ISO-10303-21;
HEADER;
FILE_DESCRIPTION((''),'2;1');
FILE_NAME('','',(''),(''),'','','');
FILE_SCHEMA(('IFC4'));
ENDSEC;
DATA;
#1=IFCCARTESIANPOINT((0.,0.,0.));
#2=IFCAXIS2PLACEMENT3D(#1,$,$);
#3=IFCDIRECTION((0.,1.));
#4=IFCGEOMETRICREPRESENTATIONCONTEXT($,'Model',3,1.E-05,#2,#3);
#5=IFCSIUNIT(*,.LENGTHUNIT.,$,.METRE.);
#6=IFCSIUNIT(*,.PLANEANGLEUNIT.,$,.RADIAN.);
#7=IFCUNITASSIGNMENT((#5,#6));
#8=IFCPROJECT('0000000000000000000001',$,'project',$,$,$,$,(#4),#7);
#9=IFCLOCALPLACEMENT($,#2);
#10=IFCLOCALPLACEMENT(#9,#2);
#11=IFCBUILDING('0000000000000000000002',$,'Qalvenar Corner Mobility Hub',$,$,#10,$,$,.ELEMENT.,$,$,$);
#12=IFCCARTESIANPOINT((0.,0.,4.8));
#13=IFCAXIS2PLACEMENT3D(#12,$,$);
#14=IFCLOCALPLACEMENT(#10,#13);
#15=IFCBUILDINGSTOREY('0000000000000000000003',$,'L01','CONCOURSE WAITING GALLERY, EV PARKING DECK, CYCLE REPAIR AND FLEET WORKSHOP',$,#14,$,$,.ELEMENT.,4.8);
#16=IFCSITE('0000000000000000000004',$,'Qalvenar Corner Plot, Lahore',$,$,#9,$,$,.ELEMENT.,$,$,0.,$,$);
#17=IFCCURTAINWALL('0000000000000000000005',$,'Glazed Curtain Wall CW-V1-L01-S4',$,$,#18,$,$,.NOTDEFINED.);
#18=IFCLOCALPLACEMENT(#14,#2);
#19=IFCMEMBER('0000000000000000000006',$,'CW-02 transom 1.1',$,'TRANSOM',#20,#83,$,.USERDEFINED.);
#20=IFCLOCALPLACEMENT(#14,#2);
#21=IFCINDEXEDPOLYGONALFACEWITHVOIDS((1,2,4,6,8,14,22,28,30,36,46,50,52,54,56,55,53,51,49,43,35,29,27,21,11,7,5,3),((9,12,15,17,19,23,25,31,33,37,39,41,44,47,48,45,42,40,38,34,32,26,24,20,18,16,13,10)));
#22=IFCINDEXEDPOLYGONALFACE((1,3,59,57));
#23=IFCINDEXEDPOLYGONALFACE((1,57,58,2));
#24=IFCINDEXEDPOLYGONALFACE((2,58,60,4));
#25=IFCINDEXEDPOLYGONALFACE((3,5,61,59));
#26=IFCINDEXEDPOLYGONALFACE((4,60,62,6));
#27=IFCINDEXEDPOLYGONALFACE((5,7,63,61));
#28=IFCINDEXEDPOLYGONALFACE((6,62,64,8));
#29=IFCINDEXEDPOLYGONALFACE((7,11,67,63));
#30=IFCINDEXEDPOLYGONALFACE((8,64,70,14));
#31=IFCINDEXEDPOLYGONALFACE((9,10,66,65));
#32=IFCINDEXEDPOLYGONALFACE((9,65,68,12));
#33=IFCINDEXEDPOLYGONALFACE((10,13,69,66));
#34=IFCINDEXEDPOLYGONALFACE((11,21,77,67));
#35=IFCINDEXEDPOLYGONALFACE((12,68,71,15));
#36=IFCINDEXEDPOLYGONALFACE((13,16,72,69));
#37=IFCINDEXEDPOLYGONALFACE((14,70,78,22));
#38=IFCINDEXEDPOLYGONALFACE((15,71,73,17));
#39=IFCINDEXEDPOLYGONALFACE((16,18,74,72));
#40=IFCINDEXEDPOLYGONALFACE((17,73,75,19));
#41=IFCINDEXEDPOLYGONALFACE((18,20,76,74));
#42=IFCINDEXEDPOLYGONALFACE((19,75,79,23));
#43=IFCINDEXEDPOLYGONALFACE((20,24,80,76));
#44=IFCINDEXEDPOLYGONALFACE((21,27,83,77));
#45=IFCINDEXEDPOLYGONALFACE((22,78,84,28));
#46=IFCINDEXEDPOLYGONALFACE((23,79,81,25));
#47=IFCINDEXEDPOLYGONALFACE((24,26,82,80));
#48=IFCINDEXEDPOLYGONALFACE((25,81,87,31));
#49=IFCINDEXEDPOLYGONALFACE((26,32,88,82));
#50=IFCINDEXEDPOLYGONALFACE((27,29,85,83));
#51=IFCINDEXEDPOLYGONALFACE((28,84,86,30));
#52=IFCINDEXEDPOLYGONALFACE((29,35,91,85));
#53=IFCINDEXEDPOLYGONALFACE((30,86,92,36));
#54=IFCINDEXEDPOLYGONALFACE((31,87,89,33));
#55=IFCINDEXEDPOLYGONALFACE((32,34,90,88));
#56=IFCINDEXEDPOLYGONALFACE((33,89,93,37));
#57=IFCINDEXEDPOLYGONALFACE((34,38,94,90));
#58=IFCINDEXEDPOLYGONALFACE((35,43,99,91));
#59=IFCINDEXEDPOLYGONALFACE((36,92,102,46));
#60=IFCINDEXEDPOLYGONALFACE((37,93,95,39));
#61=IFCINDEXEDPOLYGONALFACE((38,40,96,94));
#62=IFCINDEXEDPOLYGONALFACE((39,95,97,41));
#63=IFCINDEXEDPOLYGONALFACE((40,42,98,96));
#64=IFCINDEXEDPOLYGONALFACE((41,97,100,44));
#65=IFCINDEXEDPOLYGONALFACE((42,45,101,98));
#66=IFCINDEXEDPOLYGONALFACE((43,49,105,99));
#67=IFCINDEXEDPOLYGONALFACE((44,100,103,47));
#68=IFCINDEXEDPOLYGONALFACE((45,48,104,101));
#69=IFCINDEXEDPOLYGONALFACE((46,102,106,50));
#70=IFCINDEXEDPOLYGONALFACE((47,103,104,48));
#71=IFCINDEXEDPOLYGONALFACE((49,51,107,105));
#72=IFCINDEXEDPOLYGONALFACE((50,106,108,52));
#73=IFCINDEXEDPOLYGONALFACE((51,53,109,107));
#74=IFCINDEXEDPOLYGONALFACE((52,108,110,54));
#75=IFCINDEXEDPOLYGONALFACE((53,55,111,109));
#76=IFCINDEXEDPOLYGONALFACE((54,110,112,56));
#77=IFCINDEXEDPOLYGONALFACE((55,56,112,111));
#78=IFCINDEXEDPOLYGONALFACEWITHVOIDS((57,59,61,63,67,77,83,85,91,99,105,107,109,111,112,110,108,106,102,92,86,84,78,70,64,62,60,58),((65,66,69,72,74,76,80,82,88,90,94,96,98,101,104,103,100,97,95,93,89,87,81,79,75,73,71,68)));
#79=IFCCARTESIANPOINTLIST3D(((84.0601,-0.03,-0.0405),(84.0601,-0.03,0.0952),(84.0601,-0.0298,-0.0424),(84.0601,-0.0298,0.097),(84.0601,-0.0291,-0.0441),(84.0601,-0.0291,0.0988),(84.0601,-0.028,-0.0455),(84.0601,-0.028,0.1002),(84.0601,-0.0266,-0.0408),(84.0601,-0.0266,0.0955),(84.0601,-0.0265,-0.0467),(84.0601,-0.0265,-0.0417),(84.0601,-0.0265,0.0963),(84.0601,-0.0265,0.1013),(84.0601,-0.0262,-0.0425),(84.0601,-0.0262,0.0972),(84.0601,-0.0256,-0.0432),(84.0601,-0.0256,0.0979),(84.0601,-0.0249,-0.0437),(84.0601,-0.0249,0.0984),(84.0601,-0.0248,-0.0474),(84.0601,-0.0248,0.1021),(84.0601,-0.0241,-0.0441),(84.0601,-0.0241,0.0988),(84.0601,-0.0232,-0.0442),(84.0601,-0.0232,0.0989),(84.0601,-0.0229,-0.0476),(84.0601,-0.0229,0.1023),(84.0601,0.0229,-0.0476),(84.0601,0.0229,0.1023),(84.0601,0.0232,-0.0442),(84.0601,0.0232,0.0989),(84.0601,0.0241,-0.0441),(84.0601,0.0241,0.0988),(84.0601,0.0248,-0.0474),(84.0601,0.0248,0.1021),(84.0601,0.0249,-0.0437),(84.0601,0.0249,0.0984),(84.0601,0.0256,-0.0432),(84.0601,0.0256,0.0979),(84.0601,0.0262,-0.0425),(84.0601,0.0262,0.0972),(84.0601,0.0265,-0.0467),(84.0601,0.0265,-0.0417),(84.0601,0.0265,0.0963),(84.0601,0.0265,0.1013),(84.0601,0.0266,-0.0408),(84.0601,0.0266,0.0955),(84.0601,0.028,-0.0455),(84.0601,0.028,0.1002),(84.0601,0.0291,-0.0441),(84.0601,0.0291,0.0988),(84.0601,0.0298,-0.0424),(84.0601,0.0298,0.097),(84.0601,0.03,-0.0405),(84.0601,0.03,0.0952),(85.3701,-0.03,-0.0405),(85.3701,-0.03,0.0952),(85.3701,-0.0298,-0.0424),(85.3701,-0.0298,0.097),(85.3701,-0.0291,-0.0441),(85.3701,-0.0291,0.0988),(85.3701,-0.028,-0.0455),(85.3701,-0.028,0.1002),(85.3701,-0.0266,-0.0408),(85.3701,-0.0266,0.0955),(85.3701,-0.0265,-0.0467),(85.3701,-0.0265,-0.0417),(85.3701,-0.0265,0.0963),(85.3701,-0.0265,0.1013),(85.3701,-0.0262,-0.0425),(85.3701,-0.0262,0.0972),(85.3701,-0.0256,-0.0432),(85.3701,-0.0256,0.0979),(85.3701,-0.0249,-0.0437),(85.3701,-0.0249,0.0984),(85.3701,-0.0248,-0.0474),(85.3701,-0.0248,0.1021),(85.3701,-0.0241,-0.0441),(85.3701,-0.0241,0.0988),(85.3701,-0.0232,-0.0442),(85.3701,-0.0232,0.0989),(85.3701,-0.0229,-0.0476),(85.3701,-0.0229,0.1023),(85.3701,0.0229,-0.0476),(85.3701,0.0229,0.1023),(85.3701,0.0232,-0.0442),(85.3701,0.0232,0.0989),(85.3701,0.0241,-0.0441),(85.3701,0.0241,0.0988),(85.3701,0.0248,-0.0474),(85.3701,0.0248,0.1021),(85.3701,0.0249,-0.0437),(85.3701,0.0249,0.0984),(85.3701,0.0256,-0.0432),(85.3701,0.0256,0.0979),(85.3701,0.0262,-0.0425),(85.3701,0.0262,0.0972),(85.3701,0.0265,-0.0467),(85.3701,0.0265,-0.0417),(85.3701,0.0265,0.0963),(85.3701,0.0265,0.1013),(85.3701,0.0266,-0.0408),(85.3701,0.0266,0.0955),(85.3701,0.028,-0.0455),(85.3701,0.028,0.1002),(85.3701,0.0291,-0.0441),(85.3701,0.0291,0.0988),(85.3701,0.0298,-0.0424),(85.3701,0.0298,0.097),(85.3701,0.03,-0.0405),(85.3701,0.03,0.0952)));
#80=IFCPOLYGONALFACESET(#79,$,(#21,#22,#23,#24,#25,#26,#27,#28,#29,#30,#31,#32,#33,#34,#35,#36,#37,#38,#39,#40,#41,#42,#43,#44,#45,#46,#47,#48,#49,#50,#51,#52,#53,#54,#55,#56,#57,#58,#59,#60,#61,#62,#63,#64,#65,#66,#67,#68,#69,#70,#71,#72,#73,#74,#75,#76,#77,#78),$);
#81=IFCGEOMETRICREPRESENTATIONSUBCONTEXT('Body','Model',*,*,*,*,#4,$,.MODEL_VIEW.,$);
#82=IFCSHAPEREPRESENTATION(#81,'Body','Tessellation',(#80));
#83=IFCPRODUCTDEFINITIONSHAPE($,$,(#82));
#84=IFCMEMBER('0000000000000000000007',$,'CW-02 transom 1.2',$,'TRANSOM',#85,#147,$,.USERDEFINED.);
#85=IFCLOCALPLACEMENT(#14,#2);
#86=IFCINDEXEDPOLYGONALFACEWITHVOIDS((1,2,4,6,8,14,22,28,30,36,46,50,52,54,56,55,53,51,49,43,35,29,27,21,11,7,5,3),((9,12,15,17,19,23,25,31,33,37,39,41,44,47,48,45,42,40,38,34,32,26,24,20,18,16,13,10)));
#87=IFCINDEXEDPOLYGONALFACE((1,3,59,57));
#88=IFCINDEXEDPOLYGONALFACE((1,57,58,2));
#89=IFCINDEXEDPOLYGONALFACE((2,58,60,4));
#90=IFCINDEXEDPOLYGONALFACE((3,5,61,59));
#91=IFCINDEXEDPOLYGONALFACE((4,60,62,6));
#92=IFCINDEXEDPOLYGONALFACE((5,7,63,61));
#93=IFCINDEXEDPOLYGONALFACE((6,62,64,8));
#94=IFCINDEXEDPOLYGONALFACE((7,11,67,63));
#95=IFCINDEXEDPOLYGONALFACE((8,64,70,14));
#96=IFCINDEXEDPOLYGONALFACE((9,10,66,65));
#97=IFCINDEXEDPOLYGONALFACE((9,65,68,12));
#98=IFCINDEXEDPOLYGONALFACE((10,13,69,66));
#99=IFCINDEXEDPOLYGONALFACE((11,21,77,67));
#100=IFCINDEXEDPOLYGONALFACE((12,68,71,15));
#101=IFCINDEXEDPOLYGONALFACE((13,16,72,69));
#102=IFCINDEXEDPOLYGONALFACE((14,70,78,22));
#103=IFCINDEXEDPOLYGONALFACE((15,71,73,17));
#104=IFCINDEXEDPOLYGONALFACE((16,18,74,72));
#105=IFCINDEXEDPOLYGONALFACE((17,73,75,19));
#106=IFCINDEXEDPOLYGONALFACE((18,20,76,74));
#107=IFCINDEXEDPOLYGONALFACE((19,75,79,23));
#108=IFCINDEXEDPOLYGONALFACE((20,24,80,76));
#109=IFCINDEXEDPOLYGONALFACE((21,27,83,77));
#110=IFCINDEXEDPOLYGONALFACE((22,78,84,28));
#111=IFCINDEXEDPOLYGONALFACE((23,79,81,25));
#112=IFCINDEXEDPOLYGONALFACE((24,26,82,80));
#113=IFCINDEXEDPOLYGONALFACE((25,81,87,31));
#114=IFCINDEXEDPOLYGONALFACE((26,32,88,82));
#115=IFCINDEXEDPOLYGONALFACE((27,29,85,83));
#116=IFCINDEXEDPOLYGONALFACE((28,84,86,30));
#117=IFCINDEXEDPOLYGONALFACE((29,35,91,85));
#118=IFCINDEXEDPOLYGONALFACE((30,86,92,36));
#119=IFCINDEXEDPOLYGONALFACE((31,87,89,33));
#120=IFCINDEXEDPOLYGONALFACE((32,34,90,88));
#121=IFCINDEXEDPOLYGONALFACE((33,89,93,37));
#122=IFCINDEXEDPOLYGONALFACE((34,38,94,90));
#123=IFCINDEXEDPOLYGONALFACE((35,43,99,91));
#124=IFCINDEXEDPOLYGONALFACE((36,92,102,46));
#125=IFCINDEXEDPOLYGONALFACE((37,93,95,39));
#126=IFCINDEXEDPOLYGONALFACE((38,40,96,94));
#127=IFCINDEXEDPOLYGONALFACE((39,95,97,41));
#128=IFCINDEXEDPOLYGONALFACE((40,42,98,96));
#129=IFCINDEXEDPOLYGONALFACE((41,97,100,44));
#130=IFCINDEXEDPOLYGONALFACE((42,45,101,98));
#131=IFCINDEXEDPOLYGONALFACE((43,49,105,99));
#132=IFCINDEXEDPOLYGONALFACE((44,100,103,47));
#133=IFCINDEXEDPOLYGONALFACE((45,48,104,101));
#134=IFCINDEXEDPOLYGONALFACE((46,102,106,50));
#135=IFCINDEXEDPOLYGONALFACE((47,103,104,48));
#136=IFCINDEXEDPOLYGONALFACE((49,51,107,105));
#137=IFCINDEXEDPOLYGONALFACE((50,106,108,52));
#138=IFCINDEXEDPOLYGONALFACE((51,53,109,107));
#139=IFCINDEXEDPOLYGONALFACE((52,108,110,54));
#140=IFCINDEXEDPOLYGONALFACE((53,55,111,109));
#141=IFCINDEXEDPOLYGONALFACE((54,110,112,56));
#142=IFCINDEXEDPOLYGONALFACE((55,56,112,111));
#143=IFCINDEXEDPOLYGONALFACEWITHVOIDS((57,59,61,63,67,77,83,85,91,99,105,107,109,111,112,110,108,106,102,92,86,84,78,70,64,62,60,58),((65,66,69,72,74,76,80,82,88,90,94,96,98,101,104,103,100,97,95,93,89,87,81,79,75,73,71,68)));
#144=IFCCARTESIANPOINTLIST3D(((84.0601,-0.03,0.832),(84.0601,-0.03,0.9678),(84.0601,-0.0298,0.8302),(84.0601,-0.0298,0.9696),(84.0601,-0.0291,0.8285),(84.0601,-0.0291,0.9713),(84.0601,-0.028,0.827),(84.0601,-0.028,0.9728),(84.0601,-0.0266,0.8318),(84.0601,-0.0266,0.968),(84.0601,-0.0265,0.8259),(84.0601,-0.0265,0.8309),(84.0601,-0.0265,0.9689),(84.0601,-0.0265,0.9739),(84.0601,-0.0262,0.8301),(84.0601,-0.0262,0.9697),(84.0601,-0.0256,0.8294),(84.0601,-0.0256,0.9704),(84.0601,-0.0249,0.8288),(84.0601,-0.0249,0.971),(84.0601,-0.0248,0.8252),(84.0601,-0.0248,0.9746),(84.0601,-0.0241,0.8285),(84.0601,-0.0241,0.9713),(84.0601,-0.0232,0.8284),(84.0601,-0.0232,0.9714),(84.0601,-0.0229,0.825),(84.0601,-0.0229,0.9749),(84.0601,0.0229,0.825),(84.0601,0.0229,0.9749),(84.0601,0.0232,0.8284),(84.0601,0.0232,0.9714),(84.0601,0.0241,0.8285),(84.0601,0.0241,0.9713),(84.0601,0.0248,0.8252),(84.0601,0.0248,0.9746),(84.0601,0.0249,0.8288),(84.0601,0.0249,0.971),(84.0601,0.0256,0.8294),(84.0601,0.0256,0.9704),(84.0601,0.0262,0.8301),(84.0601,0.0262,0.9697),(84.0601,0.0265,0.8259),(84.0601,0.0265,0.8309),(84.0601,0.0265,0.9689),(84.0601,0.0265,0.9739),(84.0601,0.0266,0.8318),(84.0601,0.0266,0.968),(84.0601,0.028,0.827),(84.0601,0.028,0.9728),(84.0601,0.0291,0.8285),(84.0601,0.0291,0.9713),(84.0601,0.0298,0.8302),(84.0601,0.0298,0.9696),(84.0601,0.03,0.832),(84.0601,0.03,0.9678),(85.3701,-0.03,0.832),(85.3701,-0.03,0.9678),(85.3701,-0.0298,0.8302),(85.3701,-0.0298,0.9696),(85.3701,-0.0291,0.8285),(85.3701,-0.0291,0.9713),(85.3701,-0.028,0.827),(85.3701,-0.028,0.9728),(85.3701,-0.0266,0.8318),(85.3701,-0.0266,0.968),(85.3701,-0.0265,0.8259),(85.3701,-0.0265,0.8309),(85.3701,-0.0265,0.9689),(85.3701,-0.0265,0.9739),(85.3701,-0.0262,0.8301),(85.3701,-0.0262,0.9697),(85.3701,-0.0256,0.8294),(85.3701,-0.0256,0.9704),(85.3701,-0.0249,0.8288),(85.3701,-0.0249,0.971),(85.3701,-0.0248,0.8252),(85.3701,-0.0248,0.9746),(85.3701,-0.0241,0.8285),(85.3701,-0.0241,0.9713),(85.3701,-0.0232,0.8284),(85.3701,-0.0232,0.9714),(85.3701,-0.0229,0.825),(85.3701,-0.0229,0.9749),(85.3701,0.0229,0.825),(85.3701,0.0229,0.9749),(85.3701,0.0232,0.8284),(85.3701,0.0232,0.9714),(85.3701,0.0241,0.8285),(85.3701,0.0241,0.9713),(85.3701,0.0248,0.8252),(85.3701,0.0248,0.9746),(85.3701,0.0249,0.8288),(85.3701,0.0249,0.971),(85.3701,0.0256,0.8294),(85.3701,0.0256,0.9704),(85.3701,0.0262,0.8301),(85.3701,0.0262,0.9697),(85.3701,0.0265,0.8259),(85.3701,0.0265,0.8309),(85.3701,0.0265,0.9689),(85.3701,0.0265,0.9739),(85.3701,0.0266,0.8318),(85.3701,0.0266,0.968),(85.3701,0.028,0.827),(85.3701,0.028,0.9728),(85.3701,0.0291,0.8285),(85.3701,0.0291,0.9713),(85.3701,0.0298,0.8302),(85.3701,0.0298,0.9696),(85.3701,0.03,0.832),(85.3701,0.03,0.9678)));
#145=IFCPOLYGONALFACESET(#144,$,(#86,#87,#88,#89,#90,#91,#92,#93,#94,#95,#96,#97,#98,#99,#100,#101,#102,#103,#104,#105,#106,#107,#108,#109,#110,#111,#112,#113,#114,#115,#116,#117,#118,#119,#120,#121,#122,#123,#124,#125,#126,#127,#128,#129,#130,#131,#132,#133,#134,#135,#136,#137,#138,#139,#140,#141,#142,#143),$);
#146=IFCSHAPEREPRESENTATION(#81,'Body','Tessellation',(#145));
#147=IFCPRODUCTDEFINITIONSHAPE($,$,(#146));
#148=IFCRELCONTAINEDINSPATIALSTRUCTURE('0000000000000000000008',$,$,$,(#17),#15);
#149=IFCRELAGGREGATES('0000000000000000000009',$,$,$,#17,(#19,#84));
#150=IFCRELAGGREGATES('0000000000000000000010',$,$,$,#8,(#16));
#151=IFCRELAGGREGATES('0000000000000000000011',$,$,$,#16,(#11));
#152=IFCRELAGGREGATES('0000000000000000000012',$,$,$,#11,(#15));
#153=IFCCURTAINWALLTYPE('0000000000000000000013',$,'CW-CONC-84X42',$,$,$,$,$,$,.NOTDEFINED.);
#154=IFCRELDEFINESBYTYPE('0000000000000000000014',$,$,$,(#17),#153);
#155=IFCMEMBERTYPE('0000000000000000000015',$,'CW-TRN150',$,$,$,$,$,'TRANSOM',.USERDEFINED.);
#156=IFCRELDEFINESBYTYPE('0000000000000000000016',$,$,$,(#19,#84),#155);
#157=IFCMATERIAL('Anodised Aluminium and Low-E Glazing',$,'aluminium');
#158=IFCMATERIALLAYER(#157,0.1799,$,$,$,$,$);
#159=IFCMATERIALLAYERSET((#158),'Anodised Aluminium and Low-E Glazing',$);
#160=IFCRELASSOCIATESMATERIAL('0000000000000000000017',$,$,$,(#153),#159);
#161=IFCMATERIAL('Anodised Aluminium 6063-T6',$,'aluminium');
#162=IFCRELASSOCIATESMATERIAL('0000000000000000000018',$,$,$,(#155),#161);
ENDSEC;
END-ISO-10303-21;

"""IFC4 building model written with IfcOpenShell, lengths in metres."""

from ifc_helpers import new_model, si_unit, direction, frame, origin, origin_2d, place, context, subcontext, project, spatial, hollow_rectangle, extrude, material, layer, layer_set, material_profile, profile_set, type_object, element, aggregate, save


model = new_model("IFC4")

# Units and contexts
model_context = context("Model", 3, precision=1e-05, world=origin(), true_north=direction((0.0, 1.0)))
body_context = subcontext(model_context, "Body", "Model", "MODEL_VIEW")
ifc_project = project(units=[si_unit("LENGTHUNIT", "METRE"), si_unit("PLANEANGLEUNIT", "RADIAN")], contexts=[model_context])

# Site, building, storey
site_placement = place(None, origin())
site = spatial("IfcSite", under=ifc_project, at=site_placement, Name="Qalvenar Corner Plot, Lahore", CompositionType="ELEMENT", RefElevation=0.0)
building_placement = place(site_placement, origin())
building = spatial("IfcBuilding", under=site, at=building_placement, Name="Qalvenar Corner Mobility Hub", CompositionType="ELEMENT")
storey_placement = place(building_placement, frame((0.0, 0.0, 4.8)))
storey = spatial("IfcBuildingStorey", under=building, at=storey_placement, Name="L01", Description="CONCOURSE WAITING GALLERY, EV PARKING DECK, CYCLE REPAIR AND FLEET WORKSHOP", CompositionType="ELEMENT", Elevation=4.8)

# Curtain wall
ifc_material_1 = material(Name="Anodised Aluminium and Low-E Glazing", Category="aluminium")
ifc_layer_1 = layer(ifc_material_1, 0.1799)
ifc_layer_set_1 = layer_set([ifc_layer_1], Name="Anodised Aluminium and Low-E Glazing")
curtain_wall_type = type_object("IfcCurtainWallType", Name="CW-CONC-84X42", PredefinedType="NOTDEFINED", material=ifc_layer_set_1)
ifc_material_2 = material(Name="Anodised Aluminium 6063-T6", Category="aluminium")
curtain_wall_1_placement = place(storey_placement, origin())
curtain_wall_1 = element("IfcCurtainWall", 1, at=curtain_wall_1_placement, inside=storey, type_object=curtain_wall_type, Name="Glazed Curtain Wall CW-V1-L01-S4", PredefinedType="NOTDEFINED")

# Members
ifc_material_profile_1 = material_profile(ifc_material_2, hollow_rectangle(XDim=0.0601, YDim=0.1499, WallThickness=0.0034, InnerFilletRadius=0.0034, OuterFilletRadius=0.0071, at=origin_2d()), Name="RHS150x60x3.5")
ifc_profile_set_1 = profile_set([ifc_material_profile_1], Name="Anodised Aluminium 6063-T6")
member_type_1 = type_object("IfcMemberType", Name="CW-TRN150", ElementType="TRANSOM", PredefinedType="USERDEFINED", material=ifc_profile_set_1)
member_1_placement = place(storey_placement, frame((84.0601, 0.0, 0.0273), z_axis=(1.0, 0.0, 0.0), x_axis=(0.0, 1.0, 0.0)))
member_1 = element("IfcMember", 2, at=member_1_placement, type_object=member_type_1, Name="CW-02 transom 1.1", ObjectType="TRANSOM", PredefinedType="USERDEFINED", context=body_context, shape_type="SweptSolid", body=[
    extrude(hollow_rectangle(XDim=0.0601, YDim=0.1499, WallThickness=0.0034, InnerFilletRadius=0.0034, OuterFilletRadius=0.0071, at=origin_2d()), origin(), (0.0, 0.0, 1.0), 1.3101),
])
member_2_placement = place(storey_placement, frame((84.0601, 0.0, 0.8999), z_axis=(1.0, 0.0, 0.0), x_axis=(0.0, 1.0, 0.0)))
member_2 = element("IfcMember", 3, at=member_2_placement, type_object=member_type_1, Name="CW-02 transom 1.2", ObjectType="TRANSOM", PredefinedType="USERDEFINED", context=body_context, shape_type="SweptSolid", body=[
    extrude(hollow_rectangle(XDim=0.0601, YDim=0.1499, WallThickness=0.0034, InnerFilletRadius=0.0034, OuterFilletRadius=0.0071, at=origin_2d()), origin(), (0.0, 0.0, 1.0), 1.3101),
])

aggregate(curtain_wall_1, [member_1, member_2])

save(model, "model.ifc")
